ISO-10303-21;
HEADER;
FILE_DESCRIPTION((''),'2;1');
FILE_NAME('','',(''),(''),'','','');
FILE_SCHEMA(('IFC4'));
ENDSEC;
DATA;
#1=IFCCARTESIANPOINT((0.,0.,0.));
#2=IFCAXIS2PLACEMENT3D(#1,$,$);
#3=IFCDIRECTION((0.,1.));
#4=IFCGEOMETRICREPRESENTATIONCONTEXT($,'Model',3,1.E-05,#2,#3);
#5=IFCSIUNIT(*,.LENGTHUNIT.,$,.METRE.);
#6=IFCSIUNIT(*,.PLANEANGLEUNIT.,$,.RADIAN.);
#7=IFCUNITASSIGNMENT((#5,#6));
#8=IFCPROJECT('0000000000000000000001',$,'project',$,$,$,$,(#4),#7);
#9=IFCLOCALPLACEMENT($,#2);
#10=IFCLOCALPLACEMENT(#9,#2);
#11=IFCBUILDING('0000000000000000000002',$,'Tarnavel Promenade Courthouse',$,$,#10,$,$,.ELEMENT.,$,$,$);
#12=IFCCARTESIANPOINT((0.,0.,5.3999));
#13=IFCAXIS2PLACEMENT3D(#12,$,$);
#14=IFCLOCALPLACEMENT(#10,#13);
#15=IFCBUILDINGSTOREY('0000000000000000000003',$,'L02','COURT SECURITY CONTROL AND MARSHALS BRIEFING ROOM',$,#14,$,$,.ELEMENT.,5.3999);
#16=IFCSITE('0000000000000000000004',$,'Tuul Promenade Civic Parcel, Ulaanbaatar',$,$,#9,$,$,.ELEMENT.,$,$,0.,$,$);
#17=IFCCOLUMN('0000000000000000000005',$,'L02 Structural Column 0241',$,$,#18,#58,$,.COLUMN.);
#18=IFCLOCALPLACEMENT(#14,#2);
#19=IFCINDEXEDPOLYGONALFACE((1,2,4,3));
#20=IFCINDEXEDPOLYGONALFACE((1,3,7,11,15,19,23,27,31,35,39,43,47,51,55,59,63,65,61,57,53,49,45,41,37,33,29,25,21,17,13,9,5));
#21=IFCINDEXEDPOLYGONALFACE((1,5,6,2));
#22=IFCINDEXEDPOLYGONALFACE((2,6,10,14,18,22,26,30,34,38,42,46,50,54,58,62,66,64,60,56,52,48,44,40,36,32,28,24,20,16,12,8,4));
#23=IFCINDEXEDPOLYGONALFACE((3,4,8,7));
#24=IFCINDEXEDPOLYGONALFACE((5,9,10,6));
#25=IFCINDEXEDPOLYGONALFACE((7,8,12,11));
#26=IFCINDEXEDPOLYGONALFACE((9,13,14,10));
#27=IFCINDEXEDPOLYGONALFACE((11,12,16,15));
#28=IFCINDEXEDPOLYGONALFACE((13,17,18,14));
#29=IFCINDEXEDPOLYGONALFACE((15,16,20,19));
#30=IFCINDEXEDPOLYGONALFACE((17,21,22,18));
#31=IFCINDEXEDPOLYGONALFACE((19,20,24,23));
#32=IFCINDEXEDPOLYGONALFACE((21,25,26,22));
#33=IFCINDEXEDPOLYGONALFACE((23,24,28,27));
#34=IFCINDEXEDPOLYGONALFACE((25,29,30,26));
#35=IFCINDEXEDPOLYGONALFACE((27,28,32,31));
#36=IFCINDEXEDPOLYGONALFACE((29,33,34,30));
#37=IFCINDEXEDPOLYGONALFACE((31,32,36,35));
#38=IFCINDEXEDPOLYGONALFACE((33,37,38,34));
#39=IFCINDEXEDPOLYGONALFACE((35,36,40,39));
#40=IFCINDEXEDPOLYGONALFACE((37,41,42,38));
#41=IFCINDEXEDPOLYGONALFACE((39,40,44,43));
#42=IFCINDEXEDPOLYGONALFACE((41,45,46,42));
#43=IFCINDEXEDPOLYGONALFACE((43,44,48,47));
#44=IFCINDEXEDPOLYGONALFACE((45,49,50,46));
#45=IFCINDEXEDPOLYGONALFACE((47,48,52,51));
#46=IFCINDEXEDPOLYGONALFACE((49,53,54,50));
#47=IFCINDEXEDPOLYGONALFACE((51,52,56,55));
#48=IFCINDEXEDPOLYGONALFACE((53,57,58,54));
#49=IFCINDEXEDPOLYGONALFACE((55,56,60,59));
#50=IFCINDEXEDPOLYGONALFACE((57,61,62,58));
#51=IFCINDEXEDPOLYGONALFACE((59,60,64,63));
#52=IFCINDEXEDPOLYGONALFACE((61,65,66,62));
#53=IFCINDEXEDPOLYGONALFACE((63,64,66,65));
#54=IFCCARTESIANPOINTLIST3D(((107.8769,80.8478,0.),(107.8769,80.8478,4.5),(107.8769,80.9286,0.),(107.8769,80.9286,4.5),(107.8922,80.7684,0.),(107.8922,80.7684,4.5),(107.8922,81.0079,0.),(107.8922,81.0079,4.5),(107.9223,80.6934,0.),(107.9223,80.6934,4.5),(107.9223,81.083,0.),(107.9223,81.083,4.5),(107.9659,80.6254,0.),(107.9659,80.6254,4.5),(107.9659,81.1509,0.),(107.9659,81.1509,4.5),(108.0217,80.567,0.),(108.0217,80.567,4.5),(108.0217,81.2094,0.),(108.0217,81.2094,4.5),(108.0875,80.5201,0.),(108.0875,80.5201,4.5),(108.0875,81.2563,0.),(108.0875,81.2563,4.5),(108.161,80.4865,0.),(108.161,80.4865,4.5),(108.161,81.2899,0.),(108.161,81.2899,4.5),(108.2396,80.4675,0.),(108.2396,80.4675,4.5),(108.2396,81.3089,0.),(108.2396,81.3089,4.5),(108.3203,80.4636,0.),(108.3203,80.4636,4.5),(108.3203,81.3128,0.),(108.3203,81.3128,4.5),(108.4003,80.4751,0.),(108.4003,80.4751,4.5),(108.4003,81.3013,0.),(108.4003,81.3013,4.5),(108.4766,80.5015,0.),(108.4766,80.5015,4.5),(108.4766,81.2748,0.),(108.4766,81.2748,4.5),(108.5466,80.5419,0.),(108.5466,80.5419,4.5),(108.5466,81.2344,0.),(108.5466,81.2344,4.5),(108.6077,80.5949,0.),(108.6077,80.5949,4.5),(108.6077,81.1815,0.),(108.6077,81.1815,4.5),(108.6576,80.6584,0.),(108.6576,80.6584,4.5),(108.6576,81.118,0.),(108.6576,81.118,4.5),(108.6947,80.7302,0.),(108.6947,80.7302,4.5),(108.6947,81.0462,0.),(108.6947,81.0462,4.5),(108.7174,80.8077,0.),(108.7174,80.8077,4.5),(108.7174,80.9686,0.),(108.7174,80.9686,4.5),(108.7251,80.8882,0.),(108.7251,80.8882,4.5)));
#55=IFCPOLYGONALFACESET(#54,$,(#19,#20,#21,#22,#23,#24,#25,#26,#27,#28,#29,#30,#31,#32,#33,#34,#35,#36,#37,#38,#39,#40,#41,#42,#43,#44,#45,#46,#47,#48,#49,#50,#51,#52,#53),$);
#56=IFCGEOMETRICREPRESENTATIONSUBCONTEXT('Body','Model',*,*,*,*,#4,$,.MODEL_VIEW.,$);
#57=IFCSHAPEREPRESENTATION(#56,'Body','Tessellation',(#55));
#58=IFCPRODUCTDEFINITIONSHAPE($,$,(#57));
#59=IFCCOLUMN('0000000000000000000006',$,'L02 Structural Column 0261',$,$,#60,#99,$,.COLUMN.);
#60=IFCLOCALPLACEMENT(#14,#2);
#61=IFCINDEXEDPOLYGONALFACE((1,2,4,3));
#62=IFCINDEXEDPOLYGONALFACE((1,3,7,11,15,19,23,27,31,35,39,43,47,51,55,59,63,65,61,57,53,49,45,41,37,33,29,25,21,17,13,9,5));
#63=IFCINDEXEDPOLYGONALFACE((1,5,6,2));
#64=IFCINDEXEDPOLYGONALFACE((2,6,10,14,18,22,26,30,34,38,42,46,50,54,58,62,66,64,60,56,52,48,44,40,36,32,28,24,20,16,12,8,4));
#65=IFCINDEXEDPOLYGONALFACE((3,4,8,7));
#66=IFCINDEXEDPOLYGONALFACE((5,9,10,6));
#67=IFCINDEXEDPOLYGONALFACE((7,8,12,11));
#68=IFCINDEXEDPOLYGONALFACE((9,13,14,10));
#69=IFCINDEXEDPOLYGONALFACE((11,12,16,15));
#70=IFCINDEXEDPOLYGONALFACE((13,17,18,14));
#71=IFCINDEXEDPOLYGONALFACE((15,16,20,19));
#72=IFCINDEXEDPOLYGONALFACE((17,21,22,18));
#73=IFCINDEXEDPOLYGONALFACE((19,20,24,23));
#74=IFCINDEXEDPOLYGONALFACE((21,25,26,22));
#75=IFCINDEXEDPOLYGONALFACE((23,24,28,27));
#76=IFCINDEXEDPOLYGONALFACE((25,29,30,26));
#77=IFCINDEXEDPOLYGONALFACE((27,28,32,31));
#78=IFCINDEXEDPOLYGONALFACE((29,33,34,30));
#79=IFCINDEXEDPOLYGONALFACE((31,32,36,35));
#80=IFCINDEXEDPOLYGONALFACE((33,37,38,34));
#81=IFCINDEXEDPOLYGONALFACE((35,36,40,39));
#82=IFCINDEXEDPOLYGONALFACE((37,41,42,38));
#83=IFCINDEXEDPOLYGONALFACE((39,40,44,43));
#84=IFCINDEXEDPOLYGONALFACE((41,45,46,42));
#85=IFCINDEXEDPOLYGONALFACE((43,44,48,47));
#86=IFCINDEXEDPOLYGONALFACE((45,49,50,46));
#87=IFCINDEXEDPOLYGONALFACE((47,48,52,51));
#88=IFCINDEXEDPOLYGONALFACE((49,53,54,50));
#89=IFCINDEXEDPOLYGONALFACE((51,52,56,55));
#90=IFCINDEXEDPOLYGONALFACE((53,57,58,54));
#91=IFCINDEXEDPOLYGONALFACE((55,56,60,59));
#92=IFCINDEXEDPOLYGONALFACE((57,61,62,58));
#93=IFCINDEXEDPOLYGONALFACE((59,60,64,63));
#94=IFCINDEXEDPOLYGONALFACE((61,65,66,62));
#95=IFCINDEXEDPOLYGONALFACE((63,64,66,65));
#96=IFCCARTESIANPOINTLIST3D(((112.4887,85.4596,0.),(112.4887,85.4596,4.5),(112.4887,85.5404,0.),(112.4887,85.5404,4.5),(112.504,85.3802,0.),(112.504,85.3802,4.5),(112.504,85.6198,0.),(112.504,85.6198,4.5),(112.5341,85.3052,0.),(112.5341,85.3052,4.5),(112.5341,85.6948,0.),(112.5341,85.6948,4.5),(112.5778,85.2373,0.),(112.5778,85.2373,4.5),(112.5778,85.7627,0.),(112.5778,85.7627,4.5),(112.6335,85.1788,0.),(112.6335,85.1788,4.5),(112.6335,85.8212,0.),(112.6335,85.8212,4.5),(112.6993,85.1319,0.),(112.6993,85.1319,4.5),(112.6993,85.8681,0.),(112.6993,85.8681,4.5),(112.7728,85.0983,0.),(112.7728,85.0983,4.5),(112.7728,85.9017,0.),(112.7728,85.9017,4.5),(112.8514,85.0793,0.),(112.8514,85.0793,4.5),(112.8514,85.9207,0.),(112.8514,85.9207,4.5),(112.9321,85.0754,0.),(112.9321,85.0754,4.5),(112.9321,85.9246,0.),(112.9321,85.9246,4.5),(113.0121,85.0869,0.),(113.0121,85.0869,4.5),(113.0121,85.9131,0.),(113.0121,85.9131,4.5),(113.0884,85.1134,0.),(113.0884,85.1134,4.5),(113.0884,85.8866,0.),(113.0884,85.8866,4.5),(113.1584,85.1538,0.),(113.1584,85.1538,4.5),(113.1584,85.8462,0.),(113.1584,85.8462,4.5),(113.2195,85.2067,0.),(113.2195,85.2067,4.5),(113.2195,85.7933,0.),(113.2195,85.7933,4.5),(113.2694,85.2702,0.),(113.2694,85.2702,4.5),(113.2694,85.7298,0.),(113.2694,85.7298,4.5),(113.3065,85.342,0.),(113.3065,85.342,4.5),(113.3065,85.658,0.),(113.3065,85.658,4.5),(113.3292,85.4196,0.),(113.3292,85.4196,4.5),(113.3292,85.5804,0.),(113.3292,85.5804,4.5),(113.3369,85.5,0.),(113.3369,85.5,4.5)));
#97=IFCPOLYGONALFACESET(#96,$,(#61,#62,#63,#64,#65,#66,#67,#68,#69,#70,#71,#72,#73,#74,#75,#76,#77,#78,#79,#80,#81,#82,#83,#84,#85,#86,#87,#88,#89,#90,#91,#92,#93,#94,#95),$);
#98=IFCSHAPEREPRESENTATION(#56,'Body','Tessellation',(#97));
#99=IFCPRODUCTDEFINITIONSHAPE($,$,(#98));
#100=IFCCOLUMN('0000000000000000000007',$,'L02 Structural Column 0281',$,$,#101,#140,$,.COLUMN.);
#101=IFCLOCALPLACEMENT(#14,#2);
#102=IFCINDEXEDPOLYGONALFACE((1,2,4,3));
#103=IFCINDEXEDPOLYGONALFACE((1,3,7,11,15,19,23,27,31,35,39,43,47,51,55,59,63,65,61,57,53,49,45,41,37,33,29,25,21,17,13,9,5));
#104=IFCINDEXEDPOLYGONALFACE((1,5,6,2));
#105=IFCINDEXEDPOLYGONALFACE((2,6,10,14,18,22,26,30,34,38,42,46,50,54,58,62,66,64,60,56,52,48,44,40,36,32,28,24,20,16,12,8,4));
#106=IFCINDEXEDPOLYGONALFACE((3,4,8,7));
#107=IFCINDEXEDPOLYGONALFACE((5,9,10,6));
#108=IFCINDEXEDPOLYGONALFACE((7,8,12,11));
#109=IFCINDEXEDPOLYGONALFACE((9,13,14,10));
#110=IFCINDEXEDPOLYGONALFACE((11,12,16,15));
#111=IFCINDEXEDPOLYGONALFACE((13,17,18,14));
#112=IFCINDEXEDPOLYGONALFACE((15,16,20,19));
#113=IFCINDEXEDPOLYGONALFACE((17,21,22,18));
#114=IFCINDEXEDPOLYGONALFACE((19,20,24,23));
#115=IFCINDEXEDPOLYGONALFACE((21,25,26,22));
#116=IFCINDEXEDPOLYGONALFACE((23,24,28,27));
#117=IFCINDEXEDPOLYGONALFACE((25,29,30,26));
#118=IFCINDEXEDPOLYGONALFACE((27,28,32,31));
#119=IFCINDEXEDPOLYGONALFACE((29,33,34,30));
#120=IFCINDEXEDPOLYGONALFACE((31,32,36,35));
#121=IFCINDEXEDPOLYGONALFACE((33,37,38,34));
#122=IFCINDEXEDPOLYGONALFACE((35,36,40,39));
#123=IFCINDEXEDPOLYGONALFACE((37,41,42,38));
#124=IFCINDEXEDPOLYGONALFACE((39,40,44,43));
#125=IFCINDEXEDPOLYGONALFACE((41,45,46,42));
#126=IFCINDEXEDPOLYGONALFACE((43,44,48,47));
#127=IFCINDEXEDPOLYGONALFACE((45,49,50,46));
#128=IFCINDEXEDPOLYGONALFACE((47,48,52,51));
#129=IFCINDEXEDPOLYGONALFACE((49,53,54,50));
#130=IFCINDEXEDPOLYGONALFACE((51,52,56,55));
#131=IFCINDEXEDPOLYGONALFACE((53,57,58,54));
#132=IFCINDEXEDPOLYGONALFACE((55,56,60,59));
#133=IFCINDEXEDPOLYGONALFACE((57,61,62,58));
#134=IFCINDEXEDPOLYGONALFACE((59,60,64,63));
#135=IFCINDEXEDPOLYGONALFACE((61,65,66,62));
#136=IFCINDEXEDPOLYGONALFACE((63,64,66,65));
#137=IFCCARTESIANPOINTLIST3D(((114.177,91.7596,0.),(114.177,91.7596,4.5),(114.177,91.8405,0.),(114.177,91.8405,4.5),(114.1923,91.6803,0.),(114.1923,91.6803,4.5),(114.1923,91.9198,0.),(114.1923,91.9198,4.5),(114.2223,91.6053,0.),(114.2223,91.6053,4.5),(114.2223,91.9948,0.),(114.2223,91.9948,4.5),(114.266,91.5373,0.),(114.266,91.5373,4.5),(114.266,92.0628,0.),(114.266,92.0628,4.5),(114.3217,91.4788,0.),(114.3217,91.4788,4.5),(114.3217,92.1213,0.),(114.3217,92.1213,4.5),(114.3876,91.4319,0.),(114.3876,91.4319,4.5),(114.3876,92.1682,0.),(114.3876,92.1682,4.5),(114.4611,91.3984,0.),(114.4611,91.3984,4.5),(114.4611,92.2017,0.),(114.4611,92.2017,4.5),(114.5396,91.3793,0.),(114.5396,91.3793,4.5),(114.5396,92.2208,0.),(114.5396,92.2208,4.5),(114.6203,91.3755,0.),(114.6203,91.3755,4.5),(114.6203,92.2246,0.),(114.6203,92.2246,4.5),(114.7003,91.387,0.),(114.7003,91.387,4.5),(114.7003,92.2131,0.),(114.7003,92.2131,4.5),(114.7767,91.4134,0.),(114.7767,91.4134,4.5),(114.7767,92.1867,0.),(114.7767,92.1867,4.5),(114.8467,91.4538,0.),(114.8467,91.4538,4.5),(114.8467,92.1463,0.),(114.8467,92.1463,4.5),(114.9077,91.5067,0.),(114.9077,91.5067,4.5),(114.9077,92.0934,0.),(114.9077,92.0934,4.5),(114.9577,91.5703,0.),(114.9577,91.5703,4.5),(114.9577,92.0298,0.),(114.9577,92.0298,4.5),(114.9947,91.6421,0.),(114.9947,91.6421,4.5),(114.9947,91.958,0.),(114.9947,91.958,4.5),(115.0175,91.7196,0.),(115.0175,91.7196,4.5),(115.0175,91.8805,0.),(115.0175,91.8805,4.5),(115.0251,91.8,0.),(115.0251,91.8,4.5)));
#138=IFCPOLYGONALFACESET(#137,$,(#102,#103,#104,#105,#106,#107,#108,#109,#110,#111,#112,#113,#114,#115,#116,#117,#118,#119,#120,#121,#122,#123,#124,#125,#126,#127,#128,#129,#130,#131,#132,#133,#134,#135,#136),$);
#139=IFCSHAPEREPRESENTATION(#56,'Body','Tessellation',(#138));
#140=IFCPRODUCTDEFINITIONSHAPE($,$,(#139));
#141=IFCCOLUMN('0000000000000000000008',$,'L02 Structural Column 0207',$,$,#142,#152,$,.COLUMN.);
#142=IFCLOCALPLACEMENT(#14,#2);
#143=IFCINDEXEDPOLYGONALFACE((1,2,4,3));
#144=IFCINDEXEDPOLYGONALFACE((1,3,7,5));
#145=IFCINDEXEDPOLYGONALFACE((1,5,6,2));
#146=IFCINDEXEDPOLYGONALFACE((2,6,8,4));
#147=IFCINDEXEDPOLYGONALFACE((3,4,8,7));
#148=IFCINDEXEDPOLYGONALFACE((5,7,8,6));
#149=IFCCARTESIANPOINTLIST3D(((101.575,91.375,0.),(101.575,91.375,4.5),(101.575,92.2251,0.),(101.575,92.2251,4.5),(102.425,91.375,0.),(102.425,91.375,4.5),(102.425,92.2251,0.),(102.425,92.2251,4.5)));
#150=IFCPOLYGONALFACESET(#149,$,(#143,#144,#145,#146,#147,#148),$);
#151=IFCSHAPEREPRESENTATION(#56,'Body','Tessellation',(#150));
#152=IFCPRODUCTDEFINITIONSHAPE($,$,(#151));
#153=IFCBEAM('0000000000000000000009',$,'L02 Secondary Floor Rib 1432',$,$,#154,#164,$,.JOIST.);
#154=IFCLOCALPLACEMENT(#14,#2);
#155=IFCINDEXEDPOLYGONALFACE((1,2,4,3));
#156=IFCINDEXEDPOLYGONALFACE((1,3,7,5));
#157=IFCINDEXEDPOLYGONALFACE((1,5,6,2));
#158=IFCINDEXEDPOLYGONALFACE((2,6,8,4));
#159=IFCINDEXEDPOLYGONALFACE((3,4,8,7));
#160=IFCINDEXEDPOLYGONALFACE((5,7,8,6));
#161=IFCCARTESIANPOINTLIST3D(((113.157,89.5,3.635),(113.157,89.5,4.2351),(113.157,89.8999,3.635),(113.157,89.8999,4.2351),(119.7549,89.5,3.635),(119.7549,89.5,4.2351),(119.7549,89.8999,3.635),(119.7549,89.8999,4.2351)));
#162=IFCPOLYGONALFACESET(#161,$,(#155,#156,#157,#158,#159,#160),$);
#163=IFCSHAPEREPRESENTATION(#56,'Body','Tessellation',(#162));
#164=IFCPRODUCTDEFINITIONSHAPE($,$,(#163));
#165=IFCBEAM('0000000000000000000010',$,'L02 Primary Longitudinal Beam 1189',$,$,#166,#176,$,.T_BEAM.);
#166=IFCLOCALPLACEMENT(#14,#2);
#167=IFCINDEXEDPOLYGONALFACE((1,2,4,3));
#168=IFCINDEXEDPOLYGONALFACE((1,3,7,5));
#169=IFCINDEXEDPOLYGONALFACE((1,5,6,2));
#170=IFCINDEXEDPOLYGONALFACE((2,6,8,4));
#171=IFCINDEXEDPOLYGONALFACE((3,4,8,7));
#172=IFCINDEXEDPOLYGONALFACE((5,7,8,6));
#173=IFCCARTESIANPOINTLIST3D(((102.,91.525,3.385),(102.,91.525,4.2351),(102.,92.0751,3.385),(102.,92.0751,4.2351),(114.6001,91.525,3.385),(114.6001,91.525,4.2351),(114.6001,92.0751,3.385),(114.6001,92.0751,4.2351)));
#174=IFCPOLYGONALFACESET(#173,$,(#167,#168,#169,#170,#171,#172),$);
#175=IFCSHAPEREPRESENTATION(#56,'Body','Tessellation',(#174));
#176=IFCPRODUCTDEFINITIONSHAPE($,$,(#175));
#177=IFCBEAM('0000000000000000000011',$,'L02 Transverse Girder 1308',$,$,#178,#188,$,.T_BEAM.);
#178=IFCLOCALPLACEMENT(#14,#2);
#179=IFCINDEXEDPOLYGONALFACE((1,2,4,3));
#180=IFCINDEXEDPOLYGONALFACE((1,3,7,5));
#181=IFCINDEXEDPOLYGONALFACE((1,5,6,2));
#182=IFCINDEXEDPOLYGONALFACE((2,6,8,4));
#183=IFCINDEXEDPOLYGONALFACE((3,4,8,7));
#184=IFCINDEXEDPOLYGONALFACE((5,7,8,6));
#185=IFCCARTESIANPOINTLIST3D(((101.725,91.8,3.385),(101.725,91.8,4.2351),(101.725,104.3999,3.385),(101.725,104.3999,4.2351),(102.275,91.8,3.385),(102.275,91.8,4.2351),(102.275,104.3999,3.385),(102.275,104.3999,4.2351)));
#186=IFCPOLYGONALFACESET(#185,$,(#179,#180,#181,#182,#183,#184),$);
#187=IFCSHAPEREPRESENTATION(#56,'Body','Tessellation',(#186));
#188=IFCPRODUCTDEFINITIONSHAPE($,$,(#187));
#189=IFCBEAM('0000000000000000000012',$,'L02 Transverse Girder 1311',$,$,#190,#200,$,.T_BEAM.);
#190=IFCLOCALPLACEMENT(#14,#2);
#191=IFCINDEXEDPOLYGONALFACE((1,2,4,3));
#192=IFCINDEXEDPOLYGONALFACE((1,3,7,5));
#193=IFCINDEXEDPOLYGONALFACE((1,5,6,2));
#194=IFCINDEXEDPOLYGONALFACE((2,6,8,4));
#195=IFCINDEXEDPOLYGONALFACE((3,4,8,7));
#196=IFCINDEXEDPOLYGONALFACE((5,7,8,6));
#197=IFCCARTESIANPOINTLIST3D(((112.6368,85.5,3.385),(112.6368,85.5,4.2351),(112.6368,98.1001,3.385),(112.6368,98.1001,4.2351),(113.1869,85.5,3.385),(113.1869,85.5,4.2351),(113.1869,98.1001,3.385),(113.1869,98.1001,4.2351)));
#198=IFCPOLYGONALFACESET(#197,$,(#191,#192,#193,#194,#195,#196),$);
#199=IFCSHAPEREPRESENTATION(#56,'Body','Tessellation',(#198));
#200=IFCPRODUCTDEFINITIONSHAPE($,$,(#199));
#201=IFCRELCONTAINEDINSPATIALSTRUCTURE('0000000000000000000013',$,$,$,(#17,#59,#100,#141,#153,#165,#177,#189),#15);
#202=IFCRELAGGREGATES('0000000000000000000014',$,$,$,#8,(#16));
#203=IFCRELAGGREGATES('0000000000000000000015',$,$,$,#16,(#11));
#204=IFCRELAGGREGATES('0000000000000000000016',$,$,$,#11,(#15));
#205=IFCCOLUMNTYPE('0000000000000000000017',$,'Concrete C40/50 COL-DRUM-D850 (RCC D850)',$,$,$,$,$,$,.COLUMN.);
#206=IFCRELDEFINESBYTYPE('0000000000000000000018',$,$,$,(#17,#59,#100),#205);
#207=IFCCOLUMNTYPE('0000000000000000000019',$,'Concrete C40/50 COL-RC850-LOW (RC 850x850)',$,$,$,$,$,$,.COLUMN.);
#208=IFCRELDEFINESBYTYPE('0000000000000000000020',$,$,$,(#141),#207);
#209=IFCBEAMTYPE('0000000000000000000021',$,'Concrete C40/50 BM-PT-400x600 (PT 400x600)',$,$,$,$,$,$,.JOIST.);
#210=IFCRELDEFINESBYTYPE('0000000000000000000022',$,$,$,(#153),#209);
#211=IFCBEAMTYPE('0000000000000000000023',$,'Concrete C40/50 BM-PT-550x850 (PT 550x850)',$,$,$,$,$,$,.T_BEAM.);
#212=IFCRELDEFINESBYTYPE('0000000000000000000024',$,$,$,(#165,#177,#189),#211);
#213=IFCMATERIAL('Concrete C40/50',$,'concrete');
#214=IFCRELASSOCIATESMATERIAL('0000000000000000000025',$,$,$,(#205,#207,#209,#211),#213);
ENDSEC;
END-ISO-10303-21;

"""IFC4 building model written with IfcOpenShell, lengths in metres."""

from ifc_helpers import new_model, si_unit, direction, frame, origin, origin_2d, place, context, subcontext, project, spatial, rectangle, circle, extrude, material, material_profile, profile_set, type_object, element, save


model = new_model("IFC4")

# Units and contexts
model_context = context("Model", 3, precision=1e-05, world=origin(), true_north=direction((0.0, 1.0)))
body_context = subcontext(model_context, "Body", "Model", "MODEL_VIEW")
ifc_project = project(units=[si_unit("LENGTHUNIT", "METRE"), si_unit("PLANEANGLEUNIT", "RADIAN")], contexts=[model_context])

# Site, building, storey
site_placement = place(None, origin())
site = spatial("IfcSite", under=ifc_project, at=site_placement, Name="Tuul Promenade Civic Parcel, Ulaanbaatar", CompositionType="ELEMENT", RefElevation=0.0)
building_placement = place(site_placement, origin())
building = spatial("IfcBuilding", under=site, at=building_placement, Name="Tarnavel Promenade Courthouse", CompositionType="ELEMENT")
storey_placement = place(building_placement, frame((0.0, 0.0, 5.3999)))
storey = spatial("IfcBuildingStorey", under=building, at=storey_placement, Name="L02", Description="COURT SECURITY CONTROL AND MARSHALS BRIEFING ROOM", CompositionType="ELEMENT", Elevation=5.3999)

# Columns
ifc_material_1 = material(Name="Concrete C40/50", Category="concrete")
ifc_material_profile_1 = material_profile(ifc_material_1, circle(Radius=0.425, at=origin_2d()), Name="RCC D850")
ifc_profile_set_1 = profile_set([ifc_material_profile_1], Name="Concrete C40/50")
column_type_1 = type_object("IfcColumnType", Name="Concrete C40/50 COL-DRUM-D850 (RCC D850)", PredefinedType="COLUMN", material=ifc_profile_set_1)
for number, where, z_axis, x_axis, name in (
    (1, (108.3, 80.8882, 0.0), (0.0, 0.0, 1.0), (1.0, 0.0, 0.0), "L02 Structural Column 0241"),
    (2, (112.9119, 85.5, 0.0), (0.0, 0.0, 1.0), (1.0, 0.0, 0.0), "L02 Structural Column 0261"),
    (3, (114.6001, 91.8, 0.0), (0.0, 0.0, 1.0), (1.0, 0.0, 0.0), "L02 Structural Column 0281"),
):
    element("IfcColumn", number, at=place(storey_placement, frame(where, z_axis=z_axis, x_axis=x_axis)), inside=storey, type_object=column_type_1, Name=name, PredefinedType="COLUMN", context=body_context, shape_type="SweptSolid", body=[
        extrude(circle(Radius=0.425, at=origin_2d()), origin(), (0.0, 0.0, 1.0), 4.5),
    ])
ifc_material_profile_2 = material_profile(ifc_material_1, rectangle(XDim=0.8501, YDim=0.8501, at=origin_2d()), Name="RC 850x850")
ifc_profile_set_2 = profile_set([ifc_material_profile_2], Name="Concrete C40/50")
column_type_2 = type_object("IfcColumnType", Name="Concrete C40/50 COL-RC850-LOW (RC 850x850)", PredefinedType="COLUMN", material=ifc_profile_set_2)
column_placement = place(storey_placement, frame((102.0, 91.8, 0.0), z_axis=(0.0, 0.0, 1.0), x_axis=(1.0, 0.0, 0.0)))
element("IfcColumn", 4, at=column_placement, inside=storey, type_object=column_type_2, Name="L02 Structural Column 0207", PredefinedType="COLUMN", context=body_context, shape_type="SweptSolid", body=[
    extrude(rectangle(XDim=0.8501, YDim=0.8501, at=origin_2d()), origin(), (0.0, 0.0, 1.0), 4.5),
])

# Beams
ifc_material_profile_3 = material_profile(ifc_material_1, rectangle(XDim=0.3999, YDim=0.6001, at=origin_2d()), Name="PT 400x600")
ifc_profile_set_3 = profile_set([ifc_material_profile_3], Name="Concrete C40/50")
beam_type_1 = type_object("IfcBeamType", Name="Concrete C40/50 BM-PT-400x600 (PT 400x600)", PredefinedType="JOIST", material=ifc_profile_set_3)
beam_1_placement = place(storey_placement, frame((113.157, 89.7, 3.9351), z_axis=(1.0, 0.0, 0.0), x_axis=(0.0, 1.0, 0.0)))
element("IfcBeam", 5, at=beam_1_placement, inside=storey, type_object=beam_type_1, Name="L02 Secondary Floor Rib 1432", PredefinedType="JOIST", context=body_context, shape_type="SweptSolid", body=[
    extrude(rectangle(XDim=0.3999, YDim=0.6001, at=origin_2d()), origin(), (0.0, 0.0, 1.0), 6.5979),
])
ifc_material_profile_4 = material_profile(ifc_material_1, rectangle(XDim=0.55, YDim=0.8501, at=origin_2d()), Name="PT 550x850")
ifc_profile_set_4 = profile_set([ifc_material_profile_4], Name="Concrete C40/50")
beam_type_2 = type_object("IfcBeamType", Name="Concrete C40/50 BM-PT-550x850 (PT 550x850)", PredefinedType="T_BEAM", material=ifc_profile_set_4)
beam_2_placement = place(storey_placement, frame((102.0, 91.8, 3.8101), z_axis=(1.0, 0.0, 0.0), x_axis=(0.0, 1.0, 0.0)))
element("IfcBeam", 6, at=beam_2_placement, inside=storey, type_object=beam_type_2, Name="L02 Primary Longitudinal Beam 1189", PredefinedType="T_BEAM", context=body_context, shape_type="SweptSolid", body=[
    extrude(rectangle(XDim=0.55, YDim=0.8501, at=origin_2d()), origin(), (0.0, 0.0, 1.0), 12.6001),
])
beam_3_placement = place(storey_placement, frame((102.0, 91.8, 3.8101), z_axis=(0.0, 1.0, 0.0), x_axis=(-1.0, 0.0, 0.0)))
element("IfcBeam", 7, at=beam_3_placement, inside=storey, type_object=beam_type_2, Name="L02 Transverse Girder 1308", PredefinedType="T_BEAM", context=body_context, shape_type="SweptSolid", body=[
    extrude(rectangle(XDim=0.55, YDim=0.8501, at=origin_2d()), origin(), (0.0, 0.0, 1.0), 12.5999),
])
beam_4_placement = place(storey_placement, frame((112.9119, 85.5, 3.8101), z_axis=(0.0, 1.0, 0.0), x_axis=(-1.0, 0.0, 0.0)))
element("IfcBeam", 8, at=beam_4_placement, inside=storey, type_object=beam_type_2, Name="L02 Transverse Girder 1311", PredefinedType="T_BEAM", context=body_context, shape_type="SweptSolid", body=[
    extrude(rectangle(XDim=0.55, YDim=0.8501, at=origin_2d()), origin(), (0.0, 0.0, 1.0), 12.6001),
])

save(model, "model.ifc")
